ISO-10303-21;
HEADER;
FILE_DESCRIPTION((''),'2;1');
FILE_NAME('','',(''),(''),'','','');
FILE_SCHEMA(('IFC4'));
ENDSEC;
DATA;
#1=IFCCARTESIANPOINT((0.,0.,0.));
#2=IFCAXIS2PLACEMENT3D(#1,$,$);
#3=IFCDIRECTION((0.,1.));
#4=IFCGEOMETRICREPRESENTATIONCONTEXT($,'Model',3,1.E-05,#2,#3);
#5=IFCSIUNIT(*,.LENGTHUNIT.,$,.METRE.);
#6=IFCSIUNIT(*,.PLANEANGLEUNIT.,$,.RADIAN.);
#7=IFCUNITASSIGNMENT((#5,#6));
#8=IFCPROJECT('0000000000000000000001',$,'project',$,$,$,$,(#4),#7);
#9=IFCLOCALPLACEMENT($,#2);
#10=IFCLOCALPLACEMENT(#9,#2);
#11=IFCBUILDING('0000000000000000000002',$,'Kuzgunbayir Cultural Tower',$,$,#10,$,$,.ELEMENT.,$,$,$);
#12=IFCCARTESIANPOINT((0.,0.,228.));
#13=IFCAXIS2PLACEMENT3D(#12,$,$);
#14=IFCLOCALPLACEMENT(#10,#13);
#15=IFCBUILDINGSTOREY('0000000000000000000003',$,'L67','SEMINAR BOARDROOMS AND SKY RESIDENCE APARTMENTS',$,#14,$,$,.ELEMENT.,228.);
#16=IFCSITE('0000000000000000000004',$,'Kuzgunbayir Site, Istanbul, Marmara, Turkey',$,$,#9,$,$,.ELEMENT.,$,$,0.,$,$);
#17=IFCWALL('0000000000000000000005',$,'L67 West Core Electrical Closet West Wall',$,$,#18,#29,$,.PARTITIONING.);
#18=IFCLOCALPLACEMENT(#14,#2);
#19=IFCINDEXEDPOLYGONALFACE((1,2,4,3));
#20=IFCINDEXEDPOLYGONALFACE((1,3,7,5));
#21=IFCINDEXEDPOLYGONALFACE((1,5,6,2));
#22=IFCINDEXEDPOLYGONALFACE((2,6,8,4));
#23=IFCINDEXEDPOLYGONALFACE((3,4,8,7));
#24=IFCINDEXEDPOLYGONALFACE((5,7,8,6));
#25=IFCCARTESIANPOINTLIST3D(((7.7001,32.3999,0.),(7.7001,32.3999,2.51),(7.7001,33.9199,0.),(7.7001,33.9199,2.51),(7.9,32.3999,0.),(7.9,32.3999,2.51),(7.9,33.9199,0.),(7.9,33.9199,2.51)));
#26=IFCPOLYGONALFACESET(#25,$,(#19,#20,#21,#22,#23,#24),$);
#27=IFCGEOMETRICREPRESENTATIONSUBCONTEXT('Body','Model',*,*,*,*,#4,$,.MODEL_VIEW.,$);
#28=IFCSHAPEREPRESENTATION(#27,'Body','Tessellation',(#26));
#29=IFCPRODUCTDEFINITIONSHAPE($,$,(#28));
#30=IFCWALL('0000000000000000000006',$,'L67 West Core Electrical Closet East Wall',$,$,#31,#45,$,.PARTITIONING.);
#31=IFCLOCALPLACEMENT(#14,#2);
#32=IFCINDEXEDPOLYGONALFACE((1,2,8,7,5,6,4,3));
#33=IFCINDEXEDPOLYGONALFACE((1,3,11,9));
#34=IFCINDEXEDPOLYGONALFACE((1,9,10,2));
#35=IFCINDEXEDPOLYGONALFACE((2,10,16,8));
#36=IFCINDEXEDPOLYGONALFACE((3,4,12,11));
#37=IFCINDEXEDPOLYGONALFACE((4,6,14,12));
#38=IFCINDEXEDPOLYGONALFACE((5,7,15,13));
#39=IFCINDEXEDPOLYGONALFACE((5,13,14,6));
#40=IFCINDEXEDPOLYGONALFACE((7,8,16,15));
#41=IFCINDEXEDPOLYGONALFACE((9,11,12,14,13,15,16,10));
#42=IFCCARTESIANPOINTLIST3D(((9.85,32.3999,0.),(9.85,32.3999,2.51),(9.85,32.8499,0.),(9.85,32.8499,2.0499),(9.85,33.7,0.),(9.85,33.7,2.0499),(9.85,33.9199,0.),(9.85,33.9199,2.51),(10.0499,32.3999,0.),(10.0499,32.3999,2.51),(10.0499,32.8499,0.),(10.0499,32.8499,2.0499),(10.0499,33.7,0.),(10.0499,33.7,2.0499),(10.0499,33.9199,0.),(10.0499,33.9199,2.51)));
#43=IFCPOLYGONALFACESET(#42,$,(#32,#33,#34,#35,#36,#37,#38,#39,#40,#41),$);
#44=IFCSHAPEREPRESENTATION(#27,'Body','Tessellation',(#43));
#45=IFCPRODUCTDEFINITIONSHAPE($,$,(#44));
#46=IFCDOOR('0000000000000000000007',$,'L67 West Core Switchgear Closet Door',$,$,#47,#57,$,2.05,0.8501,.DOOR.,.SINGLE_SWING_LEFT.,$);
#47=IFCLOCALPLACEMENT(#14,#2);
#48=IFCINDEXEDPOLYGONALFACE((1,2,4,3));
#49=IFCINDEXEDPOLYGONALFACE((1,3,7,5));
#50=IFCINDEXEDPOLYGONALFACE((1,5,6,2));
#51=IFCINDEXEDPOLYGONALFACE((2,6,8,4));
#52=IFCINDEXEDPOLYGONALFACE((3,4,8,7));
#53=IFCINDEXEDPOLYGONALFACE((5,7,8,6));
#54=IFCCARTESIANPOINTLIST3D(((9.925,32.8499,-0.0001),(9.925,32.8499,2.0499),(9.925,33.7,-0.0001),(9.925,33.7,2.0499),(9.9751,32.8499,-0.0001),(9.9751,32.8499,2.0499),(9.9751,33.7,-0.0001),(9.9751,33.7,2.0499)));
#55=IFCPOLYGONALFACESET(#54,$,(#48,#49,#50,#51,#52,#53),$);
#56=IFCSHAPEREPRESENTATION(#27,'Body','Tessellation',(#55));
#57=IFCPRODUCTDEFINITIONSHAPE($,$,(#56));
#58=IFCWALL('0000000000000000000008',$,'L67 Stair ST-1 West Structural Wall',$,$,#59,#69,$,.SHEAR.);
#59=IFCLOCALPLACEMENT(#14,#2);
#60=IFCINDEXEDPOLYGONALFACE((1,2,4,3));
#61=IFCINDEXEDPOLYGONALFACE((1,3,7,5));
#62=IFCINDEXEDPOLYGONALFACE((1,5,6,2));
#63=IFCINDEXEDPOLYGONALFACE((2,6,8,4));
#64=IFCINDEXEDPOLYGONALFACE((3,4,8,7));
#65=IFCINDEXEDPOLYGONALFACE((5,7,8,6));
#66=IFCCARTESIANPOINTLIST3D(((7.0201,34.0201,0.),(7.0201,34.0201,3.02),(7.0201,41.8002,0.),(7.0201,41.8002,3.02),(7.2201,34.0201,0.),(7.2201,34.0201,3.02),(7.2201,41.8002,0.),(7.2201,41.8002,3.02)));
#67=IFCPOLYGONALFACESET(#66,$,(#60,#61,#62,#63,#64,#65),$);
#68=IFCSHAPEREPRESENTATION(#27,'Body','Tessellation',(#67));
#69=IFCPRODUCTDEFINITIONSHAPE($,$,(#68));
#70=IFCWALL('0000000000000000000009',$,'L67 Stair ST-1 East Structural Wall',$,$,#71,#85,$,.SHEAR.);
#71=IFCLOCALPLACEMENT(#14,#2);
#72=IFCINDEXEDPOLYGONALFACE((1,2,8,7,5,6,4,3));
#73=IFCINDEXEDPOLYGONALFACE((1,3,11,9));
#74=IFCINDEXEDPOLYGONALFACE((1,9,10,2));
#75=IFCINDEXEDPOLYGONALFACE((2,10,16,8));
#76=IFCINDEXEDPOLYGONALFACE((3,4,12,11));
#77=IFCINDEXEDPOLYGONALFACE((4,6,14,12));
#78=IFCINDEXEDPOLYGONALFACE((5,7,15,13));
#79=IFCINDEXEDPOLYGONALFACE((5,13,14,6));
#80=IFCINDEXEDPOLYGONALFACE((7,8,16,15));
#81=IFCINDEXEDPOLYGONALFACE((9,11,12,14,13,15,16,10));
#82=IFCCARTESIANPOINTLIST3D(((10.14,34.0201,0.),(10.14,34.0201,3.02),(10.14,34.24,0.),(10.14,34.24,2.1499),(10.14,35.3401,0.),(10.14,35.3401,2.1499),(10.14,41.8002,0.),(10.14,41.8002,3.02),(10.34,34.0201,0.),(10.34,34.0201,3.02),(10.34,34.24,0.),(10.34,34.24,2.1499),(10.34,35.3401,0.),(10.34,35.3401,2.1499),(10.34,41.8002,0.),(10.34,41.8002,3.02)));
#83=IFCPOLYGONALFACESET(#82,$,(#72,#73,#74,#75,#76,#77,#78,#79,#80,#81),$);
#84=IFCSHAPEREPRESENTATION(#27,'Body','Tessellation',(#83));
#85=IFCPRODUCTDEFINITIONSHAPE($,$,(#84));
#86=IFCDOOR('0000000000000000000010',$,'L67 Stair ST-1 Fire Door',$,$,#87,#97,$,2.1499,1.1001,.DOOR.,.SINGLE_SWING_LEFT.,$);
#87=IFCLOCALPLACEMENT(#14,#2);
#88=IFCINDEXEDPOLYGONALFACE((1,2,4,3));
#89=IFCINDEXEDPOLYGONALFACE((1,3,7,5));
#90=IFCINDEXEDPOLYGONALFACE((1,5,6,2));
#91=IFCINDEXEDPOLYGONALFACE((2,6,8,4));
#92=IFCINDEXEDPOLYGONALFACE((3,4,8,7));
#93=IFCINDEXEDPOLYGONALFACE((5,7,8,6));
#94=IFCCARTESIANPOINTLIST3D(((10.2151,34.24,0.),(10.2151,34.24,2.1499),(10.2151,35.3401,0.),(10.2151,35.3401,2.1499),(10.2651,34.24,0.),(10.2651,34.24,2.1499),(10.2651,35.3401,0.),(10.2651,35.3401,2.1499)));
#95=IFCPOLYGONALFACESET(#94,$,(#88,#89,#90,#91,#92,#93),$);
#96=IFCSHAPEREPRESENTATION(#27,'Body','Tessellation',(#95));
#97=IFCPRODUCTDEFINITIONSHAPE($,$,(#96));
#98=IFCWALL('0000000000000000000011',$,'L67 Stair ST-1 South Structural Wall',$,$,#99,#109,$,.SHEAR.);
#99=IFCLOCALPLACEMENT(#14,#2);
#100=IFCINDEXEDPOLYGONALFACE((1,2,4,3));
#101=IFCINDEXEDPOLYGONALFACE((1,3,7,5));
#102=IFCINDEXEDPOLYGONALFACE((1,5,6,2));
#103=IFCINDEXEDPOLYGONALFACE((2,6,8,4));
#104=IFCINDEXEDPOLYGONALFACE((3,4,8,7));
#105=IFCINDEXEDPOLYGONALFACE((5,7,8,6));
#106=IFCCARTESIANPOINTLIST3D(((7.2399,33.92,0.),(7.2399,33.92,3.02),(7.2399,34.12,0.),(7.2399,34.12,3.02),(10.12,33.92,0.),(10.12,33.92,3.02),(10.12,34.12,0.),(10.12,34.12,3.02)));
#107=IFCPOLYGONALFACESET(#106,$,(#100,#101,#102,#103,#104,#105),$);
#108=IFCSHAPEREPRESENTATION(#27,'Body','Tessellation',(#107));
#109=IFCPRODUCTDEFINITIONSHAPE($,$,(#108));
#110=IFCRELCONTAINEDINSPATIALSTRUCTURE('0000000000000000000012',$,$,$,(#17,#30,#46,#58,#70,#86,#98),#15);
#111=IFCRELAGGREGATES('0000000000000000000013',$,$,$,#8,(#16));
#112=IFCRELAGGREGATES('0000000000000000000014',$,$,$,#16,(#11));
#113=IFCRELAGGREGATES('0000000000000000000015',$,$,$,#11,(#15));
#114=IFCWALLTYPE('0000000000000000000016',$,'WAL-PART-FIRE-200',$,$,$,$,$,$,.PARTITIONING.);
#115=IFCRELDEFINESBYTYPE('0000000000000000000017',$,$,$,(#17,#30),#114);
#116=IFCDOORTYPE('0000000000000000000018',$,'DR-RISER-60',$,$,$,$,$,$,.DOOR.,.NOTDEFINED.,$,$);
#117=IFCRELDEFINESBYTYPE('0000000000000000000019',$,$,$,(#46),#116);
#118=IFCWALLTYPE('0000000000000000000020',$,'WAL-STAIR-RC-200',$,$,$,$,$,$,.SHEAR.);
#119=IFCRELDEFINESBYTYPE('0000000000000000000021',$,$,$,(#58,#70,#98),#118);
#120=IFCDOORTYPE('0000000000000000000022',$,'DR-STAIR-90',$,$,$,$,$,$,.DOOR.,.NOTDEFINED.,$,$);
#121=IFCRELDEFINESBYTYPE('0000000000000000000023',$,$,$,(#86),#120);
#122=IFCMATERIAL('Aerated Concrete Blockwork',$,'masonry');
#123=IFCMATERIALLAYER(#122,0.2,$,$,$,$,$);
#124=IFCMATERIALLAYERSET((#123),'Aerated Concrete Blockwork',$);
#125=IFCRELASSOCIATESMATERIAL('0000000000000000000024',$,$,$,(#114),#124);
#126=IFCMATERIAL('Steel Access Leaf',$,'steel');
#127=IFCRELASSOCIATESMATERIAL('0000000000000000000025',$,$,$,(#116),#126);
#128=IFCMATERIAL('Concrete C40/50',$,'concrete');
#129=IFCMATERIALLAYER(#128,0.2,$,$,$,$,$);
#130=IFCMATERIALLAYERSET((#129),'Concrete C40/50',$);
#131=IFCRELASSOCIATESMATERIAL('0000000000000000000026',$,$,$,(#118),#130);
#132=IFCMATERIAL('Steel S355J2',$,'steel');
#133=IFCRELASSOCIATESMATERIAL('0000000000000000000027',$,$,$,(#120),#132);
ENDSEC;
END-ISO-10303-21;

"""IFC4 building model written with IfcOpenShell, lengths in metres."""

from ifc_helpers import new_model, si_unit, direction, frame, frame_2d, origin, place, context, subcontext, project, spatial, rectangle, extrude, material, layer, layer_set, type_object, element, fill, save


model = new_model("IFC4")

# Units and contexts
model_context = context("Model", 3, precision=1e-05, world=origin(), true_north=direction((0.0, 1.0)))
body_context = subcontext(model_context, "Body", "Model", "MODEL_VIEW")
ifc_project = project(units=[si_unit("LENGTHUNIT", "METRE"), si_unit("PLANEANGLEUNIT", "RADIAN")], contexts=[model_context])

# Site, building, storey
site_placement = place(None, origin())
site = spatial("IfcSite", under=ifc_project, at=site_placement, Name="Kuzgunbayir Site, Istanbul, Marmara, Turkey", CompositionType="ELEMENT", RefElevation=0.0)
building_placement = place(site_placement, origin())
building = spatial("IfcBuilding", under=site, at=building_placement, Name="Kuzgunbayir Cultural Tower", CompositionType="ELEMENT")
storey_placement = place(building_placement, frame((0.0, 0.0, 228.0)))
storey = spatial("IfcBuildingStorey", under=building, at=storey_placement, Name="L67", Description="SEMINAR BOARDROOMS AND SKY RESIDENCE APARTMENTS", CompositionType="ELEMENT", Elevation=228.0)

# Shared definitions
ifc_material_1 = material(Name="Steel S355J2", Category="steel")

# Shared definitions
ifc_material_2 = material(Name="Aerated Concrete Blockwork", Category="masonry")
ifc_layer_1 = layer(ifc_material_2, 0.2)
ifc_layer_set_1 = layer_set([ifc_layer_1], Name="Aerated Concrete Blockwork")
wall_type_1 = type_object("IfcWallType", Name="WAL-PART-FIRE-200", PredefinedType="PARTITIONING", material=ifc_layer_set_1)

# Wall
wall_1_placement = place(storey_placement, frame((7.8, 32.3999, 0.0), z_axis=(0.0, 0.0, 1.0), x_axis=(0.0, 1.0, 0.0)))
element("IfcWall", 1, at=wall_1_placement, inside=storey, type_object=wall_type_1, Name="L67 West Core Electrical Closet West Wall", PredefinedType="PARTITIONING", context=body_context, shape_type="SweptSolid", body=[
    extrude(rectangle(XDim=1.52, YDim=0.2, at=frame_2d((0.76, 0.0))), origin(), (0.0, 0.0, 1.0), 2.51),
])

# Wall, opening, door
wall_2_placement = place(storey_placement, frame((9.95, 32.3999, 0.0), z_axis=(0.0, 0.0, 1.0), x_axis=(0.0, 1.0, 0.0)))
wall_2 = element("IfcWall", 2, at=wall_2_placement, inside=storey, type_object=wall_type_1, Name="L67 West Core Electrical Closet East Wall", PredefinedType="PARTITIONING", context=body_context, shape_type="SweptSolid", body=[
    extrude(rectangle(XDim=1.52, YDim=0.2, at=frame_2d((0.76, 0.0))), origin(), (0.0, 0.0, 1.0), 2.51),
])
opening_1_placement = place(wall_2_placement, frame((0.45, 0.0, 0.0)))
opening_1 = element("IfcOpeningElement", 3, at=opening_1_placement, cuts=wall_2, PredefinedType="OPENING", context=body_context, shape_type="SweptSolid", body=[
    extrude(rectangle(XDim=0.8501, YDim=2.05, at=frame_2d((0.425, 1.0249))), frame((0.0, 0.1099, 0.0), z_axis=(0.0, -1.0, 0.0), x_axis=(1.0, 0.0, 0.0)), (0.0, 0.0, 1.0), 0.22),
])
ifc_material_3 = material(Name="Steel Access Leaf", Category="steel")
door_type_1 = type_object("IfcDoorType", Name="DR-RISER-60", OperationType="NOTDEFINED", PredefinedType="DOOR", material=ifc_material_3)
door_1_placement = place(opening_1_placement, origin())
door_1 = element("IfcDoor", 4, at=door_1_placement, inside=storey, type_object=door_type_1, Name="L67 West Core Switchgear Closet Door", OperationType="SINGLE_SWING_LEFT", OverallHeight=2.05, OverallWidth=0.8501, PredefinedType="DOOR", context=body_context, shape_type="SweptSolid", body=[
    extrude(rectangle(XDim=0.8501, YDim=2.05, at=frame_2d((0.425, 1.0249))), frame((0.0, 0.0249, 0.0), z_axis=(0.0, -1.0, 0.0), x_axis=(1.0, 0.0, 0.0)), (0.0, 0.0, 1.0), 0.05),
])
fill(opening_1, door_1)

# Wall
ifc_material_4 = material(Name="Concrete C40/50", Category="concrete")
ifc_layer_2 = layer(ifc_material_4, 0.2)
ifc_layer_set_2 = layer_set([ifc_layer_2], Name="Concrete C40/50")
wall_type_2 = type_object("IfcWallType", Name="WAL-STAIR-RC-200", PredefinedType="SHEAR", material=ifc_layer_set_2)
wall_3_placement = place(storey_placement, frame((7.1201, 34.02, 0.0), z_axis=(0.0, 0.0, 1.0), x_axis=(0.0, 1.0, 0.0)))
element("IfcWall", 5, at=wall_3_placement, inside=storey, type_object=wall_type_2, Name="L67 Stair ST-1 West Structural Wall", PredefinedType="SHEAR", context=body_context, shape_type="SweptSolid", body=[
    extrude(rectangle(XDim=7.78, YDim=0.2, at=frame_2d((3.8901, 0.0))), origin(), (0.0, 0.0, 1.0), 3.02),
])

# Wall, opening, door
wall_4_placement = place(storey_placement, frame((10.24, 34.02, 0.0), z_axis=(0.0, 0.0, 1.0), x_axis=(0.0, 1.0, 0.0)))
wall_4 = element("IfcWall", 6, at=wall_4_placement, inside=storey, type_object=wall_type_2, Name="L67 Stair ST-1 East Structural Wall", PredefinedType="SHEAR", context=body_context, shape_type="SweptSolid", body=[
    extrude(rectangle(XDim=7.78, YDim=0.2, at=frame_2d((3.8901, 0.0))), origin(), (0.0, 0.0, 1.0), 3.02),
])
opening_2_placement = place(wall_4_placement, frame((0.22, 0.0, 0.0)))
opening_2 = element("IfcOpeningElement", 7, at=opening_2_placement, cuts=wall_4, PredefinedType="OPENING", context=body_context, shape_type="SweptSolid", body=[
    extrude(rectangle(XDim=1.1001, YDim=2.1499, at=frame_2d((0.55, 1.075))), frame((0.0, 0.1099, 0.0), z_axis=(0.0, -1.0, 0.0), x_axis=(1.0, 0.0, 0.0)), (0.0, 0.0, 1.0), 0.22),
])
door_type_2 = type_object("IfcDoorType", Name="DR-STAIR-90", OperationType="NOTDEFINED", PredefinedType="DOOR", material=ifc_material_1)
door_2_placement = place(opening_2_placement, origin())
door_2 = element("IfcDoor", 8, at=door_2_placement, inside=storey, type_object=door_type_2, Name="L67 Stair ST-1 Fire Door", OperationType="SINGLE_SWING_LEFT", OverallHeight=2.1499, OverallWidth=1.1001, PredefinedType="DOOR", context=body_context, shape_type="SweptSolid", body=[
    extrude(rectangle(XDim=1.1001, YDim=2.1499, at=frame_2d((0.55, 1.075))), frame((0.0, 0.0249, 0.0), z_axis=(0.0, -1.0, 0.0), x_axis=(1.0, 0.0, 0.0)), (0.0, 0.0, 1.0), 0.05),
])
fill(opening_2, door_2)

# Wall
wall_5_placement = place(storey_placement, frame((7.24, 34.02, 0.0), z_axis=(0.0, 0.0, 1.0), x_axis=(1.0, 0.0, 0.0)))
element("IfcWall", 9, at=wall_5_placement, inside=storey, type_object=wall_type_2, Name="L67 Stair ST-1 South Structural Wall", PredefinedType="SHEAR", context=body_context, shape_type="SweptSolid", body=[
    extrude(rectangle(XDim=2.8801, YDim=0.2, at=frame_2d((1.4399, 0.0))), origin(), (0.0, 0.0, 1.0), 3.02),
])

save(model, "model.ifc")
